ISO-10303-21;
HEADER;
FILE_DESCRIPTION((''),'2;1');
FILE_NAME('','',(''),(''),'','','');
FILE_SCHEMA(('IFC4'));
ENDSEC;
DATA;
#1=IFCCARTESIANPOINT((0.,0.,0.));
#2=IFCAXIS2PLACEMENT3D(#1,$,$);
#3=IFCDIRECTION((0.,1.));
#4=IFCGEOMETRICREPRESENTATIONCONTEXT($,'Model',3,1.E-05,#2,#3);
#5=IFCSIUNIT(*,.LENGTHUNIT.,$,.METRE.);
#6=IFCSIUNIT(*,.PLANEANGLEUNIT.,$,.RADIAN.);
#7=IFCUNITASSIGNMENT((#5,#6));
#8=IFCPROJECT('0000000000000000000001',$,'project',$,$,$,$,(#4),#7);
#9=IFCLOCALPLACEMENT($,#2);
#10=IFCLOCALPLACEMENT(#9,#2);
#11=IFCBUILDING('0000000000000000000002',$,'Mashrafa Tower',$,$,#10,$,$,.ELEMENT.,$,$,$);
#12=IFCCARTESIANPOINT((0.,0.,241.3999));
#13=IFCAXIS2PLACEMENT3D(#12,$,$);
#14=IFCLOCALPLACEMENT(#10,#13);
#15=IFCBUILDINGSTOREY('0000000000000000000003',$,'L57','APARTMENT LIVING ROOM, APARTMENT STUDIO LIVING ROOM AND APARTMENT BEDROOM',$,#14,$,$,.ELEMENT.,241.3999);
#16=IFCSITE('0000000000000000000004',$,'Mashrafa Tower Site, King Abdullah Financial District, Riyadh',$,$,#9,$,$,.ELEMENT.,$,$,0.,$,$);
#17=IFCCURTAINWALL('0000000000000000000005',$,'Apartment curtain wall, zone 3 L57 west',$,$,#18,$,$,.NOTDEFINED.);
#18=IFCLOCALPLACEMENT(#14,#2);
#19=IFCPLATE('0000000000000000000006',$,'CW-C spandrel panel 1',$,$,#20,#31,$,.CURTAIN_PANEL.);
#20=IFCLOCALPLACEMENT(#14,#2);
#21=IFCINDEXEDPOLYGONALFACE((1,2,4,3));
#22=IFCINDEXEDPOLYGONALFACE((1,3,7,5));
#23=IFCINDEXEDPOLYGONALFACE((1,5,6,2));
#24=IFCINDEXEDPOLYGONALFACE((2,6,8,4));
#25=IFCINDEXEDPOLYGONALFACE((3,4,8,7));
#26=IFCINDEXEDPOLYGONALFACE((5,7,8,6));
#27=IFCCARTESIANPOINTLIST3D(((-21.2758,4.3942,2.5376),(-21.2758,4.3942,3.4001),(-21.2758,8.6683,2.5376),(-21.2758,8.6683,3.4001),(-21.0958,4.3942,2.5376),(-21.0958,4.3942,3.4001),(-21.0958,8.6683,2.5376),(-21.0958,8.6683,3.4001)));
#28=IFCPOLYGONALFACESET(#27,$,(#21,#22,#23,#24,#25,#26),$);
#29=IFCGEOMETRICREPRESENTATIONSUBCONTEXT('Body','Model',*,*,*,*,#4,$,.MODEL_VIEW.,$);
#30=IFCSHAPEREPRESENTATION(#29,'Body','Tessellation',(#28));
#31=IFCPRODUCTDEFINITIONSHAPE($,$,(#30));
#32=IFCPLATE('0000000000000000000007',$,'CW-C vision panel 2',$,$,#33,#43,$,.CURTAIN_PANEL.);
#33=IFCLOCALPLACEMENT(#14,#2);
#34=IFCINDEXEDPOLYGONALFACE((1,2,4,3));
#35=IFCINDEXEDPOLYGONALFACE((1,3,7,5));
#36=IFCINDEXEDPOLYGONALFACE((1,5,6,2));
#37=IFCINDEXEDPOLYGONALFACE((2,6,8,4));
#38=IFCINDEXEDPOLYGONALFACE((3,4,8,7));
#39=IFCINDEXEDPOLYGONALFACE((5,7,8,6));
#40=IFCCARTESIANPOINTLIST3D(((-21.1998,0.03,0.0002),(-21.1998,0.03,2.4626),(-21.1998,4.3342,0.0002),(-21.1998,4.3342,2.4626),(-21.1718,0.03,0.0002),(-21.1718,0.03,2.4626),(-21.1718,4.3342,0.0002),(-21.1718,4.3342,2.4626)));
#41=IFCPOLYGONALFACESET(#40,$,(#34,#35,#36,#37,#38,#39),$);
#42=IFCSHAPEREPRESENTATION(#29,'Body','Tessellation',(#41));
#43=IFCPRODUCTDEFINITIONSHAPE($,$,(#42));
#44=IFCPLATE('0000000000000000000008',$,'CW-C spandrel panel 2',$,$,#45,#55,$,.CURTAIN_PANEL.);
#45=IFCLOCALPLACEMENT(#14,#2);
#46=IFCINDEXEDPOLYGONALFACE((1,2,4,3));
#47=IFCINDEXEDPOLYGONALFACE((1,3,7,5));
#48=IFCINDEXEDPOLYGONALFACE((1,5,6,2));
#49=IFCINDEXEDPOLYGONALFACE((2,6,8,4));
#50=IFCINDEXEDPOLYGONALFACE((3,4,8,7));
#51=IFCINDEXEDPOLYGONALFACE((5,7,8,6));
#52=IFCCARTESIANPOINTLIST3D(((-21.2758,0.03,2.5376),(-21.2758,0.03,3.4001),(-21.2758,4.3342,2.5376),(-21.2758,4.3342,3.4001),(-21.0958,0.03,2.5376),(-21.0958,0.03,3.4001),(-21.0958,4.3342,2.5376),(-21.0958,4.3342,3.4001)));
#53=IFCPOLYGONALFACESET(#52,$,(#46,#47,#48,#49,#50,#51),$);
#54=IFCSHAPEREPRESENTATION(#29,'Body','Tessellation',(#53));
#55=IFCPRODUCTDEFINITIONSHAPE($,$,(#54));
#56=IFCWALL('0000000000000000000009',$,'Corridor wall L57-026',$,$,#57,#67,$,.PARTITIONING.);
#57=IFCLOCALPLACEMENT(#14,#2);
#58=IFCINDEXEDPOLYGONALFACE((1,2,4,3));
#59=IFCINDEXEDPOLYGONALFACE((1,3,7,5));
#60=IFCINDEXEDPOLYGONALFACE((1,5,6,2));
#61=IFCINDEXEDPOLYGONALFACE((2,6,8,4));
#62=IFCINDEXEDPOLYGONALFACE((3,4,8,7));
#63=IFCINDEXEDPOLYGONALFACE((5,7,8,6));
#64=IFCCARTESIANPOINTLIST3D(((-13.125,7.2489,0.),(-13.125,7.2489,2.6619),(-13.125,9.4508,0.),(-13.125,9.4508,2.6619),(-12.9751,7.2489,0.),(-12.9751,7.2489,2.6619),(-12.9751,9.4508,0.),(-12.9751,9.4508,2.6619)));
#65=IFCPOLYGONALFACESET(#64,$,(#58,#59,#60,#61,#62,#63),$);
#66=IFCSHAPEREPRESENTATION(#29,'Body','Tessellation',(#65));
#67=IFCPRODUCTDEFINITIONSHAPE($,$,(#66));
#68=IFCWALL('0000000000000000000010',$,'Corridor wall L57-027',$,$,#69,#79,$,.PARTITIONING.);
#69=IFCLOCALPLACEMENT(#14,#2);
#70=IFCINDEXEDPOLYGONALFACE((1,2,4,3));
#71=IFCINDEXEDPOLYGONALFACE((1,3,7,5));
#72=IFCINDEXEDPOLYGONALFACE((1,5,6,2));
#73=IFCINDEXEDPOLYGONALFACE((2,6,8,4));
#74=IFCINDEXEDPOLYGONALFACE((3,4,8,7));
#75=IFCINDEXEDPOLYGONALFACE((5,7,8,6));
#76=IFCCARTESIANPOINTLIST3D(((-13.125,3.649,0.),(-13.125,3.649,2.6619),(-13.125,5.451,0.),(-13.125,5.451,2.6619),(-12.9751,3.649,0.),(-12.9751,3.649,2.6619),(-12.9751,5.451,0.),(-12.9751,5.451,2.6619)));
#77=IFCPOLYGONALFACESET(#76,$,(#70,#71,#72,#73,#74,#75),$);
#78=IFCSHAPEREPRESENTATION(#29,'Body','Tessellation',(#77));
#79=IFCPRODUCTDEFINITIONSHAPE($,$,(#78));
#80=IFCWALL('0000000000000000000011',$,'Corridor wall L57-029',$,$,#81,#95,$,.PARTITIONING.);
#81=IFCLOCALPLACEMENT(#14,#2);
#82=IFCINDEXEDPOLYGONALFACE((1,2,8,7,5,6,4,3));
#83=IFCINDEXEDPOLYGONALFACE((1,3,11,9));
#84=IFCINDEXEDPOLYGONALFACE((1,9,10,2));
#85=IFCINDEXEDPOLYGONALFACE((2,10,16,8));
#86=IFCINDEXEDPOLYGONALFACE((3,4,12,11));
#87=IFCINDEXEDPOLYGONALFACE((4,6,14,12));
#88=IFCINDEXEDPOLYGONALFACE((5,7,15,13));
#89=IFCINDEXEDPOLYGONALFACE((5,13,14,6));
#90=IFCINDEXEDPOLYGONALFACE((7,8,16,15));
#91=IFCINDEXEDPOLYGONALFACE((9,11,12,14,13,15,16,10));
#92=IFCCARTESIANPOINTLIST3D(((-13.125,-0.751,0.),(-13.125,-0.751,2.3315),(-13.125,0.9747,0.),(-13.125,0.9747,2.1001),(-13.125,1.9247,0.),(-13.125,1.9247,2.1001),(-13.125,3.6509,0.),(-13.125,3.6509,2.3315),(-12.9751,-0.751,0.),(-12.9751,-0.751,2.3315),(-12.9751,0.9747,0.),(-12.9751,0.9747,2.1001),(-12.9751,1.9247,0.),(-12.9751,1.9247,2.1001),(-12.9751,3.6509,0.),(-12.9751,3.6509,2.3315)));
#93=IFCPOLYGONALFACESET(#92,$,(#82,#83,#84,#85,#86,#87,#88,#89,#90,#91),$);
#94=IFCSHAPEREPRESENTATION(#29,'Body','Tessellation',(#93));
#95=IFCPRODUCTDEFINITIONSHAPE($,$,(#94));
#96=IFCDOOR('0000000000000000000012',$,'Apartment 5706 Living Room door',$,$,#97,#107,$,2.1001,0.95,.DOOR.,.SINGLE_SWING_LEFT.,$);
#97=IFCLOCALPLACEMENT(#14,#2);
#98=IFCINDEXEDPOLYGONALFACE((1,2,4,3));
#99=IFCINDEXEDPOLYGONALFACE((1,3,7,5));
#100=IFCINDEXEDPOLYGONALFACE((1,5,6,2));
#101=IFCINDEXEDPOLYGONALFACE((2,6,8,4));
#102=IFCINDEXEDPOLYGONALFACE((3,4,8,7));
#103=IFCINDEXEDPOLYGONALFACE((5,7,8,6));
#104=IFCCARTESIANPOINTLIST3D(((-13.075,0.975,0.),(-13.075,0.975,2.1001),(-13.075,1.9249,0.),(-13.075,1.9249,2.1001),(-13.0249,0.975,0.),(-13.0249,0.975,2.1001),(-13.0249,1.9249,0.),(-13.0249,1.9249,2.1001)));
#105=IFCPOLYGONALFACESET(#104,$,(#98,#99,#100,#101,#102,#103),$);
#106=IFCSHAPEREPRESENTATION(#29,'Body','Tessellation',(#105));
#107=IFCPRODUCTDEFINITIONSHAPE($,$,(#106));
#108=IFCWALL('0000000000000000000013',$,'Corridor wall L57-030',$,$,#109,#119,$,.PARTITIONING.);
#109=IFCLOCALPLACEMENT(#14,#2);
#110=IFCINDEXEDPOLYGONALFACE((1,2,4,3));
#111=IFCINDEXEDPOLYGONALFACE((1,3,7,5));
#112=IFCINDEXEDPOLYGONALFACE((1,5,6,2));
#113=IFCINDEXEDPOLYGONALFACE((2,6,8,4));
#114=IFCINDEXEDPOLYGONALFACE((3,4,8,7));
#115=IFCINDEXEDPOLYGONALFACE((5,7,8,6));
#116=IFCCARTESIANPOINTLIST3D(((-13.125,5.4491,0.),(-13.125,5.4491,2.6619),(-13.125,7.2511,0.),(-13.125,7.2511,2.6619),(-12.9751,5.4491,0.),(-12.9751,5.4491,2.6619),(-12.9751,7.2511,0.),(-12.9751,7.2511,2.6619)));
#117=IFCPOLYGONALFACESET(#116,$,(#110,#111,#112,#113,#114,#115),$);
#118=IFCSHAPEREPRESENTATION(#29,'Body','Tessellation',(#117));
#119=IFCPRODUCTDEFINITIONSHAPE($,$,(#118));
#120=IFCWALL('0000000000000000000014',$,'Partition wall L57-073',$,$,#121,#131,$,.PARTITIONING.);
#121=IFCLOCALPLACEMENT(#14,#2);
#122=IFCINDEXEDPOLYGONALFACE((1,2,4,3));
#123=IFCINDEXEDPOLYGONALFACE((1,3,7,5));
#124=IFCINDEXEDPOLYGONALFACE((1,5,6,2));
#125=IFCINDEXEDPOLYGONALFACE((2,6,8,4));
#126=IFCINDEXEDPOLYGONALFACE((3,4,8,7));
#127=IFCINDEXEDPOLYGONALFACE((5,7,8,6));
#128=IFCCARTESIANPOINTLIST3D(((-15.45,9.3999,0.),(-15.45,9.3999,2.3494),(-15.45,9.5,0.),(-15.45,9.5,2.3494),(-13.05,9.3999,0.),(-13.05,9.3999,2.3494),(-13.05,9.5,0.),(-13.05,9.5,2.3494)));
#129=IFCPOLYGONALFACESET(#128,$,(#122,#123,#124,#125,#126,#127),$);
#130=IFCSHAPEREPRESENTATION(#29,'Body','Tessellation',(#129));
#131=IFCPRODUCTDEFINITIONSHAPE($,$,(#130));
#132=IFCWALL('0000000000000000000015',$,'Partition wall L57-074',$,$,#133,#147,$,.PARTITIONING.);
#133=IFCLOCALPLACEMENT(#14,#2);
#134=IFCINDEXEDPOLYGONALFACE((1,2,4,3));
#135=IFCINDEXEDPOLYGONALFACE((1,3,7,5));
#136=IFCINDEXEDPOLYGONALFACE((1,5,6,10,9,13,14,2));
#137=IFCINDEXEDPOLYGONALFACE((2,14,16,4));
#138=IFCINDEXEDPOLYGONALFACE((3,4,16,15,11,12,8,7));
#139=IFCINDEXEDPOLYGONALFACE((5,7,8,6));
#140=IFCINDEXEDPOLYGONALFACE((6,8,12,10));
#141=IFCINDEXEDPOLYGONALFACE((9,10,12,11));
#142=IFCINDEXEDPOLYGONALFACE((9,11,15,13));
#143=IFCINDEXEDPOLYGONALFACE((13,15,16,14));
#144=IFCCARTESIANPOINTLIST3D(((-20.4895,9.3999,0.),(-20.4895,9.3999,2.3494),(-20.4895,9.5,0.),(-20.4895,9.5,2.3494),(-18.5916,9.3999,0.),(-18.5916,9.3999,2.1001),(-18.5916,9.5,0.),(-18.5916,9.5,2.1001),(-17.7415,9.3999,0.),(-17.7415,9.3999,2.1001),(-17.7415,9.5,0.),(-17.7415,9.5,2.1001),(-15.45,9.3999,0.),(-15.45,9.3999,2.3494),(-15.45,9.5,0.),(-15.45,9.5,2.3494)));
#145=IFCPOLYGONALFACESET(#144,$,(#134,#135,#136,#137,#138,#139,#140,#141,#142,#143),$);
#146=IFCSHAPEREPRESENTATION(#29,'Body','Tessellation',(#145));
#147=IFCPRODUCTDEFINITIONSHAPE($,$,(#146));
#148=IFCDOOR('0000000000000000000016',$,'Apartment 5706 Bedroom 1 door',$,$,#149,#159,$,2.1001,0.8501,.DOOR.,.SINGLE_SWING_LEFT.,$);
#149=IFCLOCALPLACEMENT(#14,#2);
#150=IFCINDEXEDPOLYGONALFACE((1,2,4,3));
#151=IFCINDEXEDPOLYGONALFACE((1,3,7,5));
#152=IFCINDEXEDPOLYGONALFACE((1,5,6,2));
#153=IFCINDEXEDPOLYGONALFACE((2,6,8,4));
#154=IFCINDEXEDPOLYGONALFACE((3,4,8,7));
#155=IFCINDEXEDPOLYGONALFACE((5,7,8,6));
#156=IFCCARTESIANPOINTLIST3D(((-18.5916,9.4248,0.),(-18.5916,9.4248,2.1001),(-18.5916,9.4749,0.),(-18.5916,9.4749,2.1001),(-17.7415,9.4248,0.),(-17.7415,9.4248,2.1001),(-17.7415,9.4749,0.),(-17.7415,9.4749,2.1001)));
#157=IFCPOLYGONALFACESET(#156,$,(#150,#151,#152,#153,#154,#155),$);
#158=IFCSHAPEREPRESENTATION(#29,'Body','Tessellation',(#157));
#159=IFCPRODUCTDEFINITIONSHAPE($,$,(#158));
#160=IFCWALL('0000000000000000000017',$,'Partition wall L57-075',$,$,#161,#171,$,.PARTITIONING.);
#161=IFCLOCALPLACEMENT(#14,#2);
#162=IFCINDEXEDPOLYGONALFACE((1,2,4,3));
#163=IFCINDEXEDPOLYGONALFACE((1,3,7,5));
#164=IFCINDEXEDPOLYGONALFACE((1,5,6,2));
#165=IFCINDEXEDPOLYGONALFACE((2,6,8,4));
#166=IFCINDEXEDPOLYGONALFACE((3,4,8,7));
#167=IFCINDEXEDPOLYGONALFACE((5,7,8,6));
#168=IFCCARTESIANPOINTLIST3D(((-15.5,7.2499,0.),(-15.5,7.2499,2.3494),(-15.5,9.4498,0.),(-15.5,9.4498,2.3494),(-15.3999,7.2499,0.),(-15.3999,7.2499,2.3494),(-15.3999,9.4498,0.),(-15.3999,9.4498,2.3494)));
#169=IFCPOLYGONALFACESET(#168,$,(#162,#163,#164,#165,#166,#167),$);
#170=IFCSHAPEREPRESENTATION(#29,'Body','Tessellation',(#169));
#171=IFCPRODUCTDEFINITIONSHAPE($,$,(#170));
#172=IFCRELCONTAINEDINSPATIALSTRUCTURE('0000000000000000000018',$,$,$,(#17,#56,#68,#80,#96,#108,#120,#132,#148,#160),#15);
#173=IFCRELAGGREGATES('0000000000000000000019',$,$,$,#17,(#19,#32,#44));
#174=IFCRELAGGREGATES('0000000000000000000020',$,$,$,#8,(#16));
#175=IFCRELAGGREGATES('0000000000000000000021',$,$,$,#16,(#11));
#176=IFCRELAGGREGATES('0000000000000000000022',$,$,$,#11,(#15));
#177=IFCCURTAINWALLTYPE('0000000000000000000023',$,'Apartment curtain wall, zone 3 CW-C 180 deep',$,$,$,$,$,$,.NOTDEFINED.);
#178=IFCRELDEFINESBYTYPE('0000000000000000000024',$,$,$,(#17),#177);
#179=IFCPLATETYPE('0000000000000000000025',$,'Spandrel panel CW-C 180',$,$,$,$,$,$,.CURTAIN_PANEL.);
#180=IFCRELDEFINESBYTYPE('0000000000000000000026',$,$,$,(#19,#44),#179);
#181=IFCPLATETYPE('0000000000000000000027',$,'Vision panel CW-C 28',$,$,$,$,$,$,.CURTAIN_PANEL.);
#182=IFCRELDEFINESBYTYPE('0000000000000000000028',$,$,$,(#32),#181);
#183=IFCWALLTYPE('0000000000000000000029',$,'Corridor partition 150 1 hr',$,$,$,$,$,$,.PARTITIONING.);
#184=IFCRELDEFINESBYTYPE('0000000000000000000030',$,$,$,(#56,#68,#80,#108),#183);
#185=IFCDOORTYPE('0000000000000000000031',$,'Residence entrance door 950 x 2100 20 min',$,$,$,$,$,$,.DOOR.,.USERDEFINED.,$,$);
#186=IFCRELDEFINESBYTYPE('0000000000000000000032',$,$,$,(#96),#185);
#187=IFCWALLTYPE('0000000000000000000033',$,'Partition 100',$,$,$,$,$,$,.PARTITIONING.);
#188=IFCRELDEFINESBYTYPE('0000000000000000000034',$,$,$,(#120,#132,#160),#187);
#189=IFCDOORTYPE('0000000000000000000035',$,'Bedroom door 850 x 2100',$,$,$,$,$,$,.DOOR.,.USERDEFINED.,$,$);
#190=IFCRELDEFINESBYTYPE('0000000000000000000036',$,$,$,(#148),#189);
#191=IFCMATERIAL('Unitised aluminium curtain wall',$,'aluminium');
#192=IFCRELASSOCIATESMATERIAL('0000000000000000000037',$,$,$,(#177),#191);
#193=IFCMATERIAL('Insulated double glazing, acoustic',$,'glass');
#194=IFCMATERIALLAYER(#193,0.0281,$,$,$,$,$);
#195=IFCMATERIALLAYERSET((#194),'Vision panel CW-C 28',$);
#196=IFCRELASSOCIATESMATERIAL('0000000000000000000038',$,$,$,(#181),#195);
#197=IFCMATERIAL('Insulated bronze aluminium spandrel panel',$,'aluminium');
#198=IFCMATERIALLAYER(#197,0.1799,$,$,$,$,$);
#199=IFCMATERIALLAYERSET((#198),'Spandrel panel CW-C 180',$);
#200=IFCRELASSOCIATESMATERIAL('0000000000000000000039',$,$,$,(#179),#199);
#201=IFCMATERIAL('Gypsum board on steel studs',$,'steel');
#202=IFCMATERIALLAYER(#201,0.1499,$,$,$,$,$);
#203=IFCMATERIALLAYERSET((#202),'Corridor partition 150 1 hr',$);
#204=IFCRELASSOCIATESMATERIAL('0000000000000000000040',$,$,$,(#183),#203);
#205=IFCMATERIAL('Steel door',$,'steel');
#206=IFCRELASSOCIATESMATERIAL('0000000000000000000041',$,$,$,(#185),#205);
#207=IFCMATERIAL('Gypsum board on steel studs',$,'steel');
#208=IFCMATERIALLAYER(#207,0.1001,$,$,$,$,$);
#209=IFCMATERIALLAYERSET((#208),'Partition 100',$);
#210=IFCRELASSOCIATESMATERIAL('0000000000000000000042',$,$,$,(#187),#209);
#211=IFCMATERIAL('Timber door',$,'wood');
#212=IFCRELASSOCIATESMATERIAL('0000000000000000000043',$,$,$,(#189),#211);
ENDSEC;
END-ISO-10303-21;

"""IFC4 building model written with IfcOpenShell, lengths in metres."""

from ifc_helpers import new_model, si_unit, direction, frame, frame_2d, origin, origin_2d, place, context, subcontext, project, spatial, rectangle, extrude, source, transform, mapped, material, layer, layer_set, type_object, type_shapes, element, fill, aggregate, save


model = new_model("IFC4")

# Units and contexts
model_context = context("Model", 3, precision=1e-05, world=origin(), true_north=direction((0.0, 1.0)))
body_context = subcontext(model_context, "Body", "Model", "MODEL_VIEW")
ifc_project = project(units=[si_unit("LENGTHUNIT", "METRE"), si_unit("PLANEANGLEUNIT", "RADIAN")], contexts=[model_context])

# Site, building, storey
site_placement = place(None, origin())
site = spatial("IfcSite", under=ifc_project, at=site_placement, Name="Mashrafa Tower Site, King Abdullah Financial District, Riyadh", CompositionType="ELEMENT", RefElevation=0.0)
building_placement = place(site_placement, origin())
building = spatial("IfcBuilding", under=site, at=building_placement, Name="Mashrafa Tower", CompositionType="ELEMENT")
storey_placement = place(building_placement, frame((0.0, 0.0, 241.3999)))
storey = spatial("IfcBuildingStorey", under=building, at=storey_placement, Name="L57", Description="APARTMENT LIVING ROOM, APARTMENT STUDIO LIVING ROOM AND APARTMENT BEDROOM", CompositionType="ELEMENT", Elevation=241.3999)

# Shared definitions
ifc_material_1 = material(Name="Unitised aluminium curtain wall", Category="aluminium")
curtain_wall_type = type_object("IfcCurtainWallType", Name="Apartment curtain wall, zone 3 CW-C 180 deep", PredefinedType="NOTDEFINED", material=ifc_material_1)

# Curtain wall, plates
curtain_wall_1_placement = place(storey_placement, origin())
curtain_wall_1 = element("IfcCurtainWall", 1, at=curtain_wall_1_placement, inside=storey, type_object=curtain_wall_type, Name="Apartment curtain wall, zone 3 L57 west", PredefinedType="NOTDEFINED")
ifc_material_2 = material(Name="Insulated double glazing, acoustic", Category="glass")
ifc_layer_1 = layer(ifc_material_2, 0.0281)
ifc_layer_set_1 = layer_set([ifc_layer_1], Name="Vision panel CW-C 28")
plate_type_1 = type_object("IfcPlateType", Name="Vision panel CW-C 28", PredefinedType="CURTAIN_PANEL", material=ifc_layer_set_1)
ifc_material_3 = material(Name="Insulated bronze aluminium spandrel panel", Category="aluminium")
ifc_layer_2 = layer(ifc_material_3, 0.1799)
ifc_layer_set_2 = layer_set([ifc_layer_2], Name="Spandrel panel CW-C 180")
plate_type_2 = type_object("IfcPlateType", Name="Spandrel panel CW-C 180", PredefinedType="CURTAIN_PANEL", material=ifc_layer_set_2)
shared_shape_1 = source(origin(), body_context, "Body", "SweptSolid", [
    extrude(rectangle(XDim=4.2742, YDim=0.1799, at=origin_2d()), origin(), (0.0, 0.0, 1.0), 0.8625),
])
plate_1_placement = place(storey_placement, frame((-21.1858, 6.5312, 2.5376), z_axis=(0.0, 0.0, 1.0), x_axis=(0.0, -1.0, 0.0)))
plate_1 = element("IfcPlate", 2, at=plate_1_placement, type_object=plate_type_2, Name="CW-C spandrel panel 1", PredefinedType="CURTAIN_PANEL", context=body_context, shape_type="MappedRepresentation", body=[
    mapped(shared_shape_1, transform((0.0, 0.0, 0.0))),
])
shared_shape_2 = source(origin(), body_context, "Body", "SweptSolid", [
    extrude(rectangle(XDim=4.3042, YDim=0.0281, at=origin_2d()), origin(), (0.0, 0.0, 1.0), 2.4624),
])
plate_2_placement = place(storey_placement, frame((-21.1858, 2.1821, 0.0002), z_axis=(0.0, 0.0, 1.0), x_axis=(0.0, -1.0, 0.0)))
plate_2 = element("IfcPlate", 3, at=plate_2_placement, type_object=plate_type_1, Name="CW-C vision panel 2", PredefinedType="CURTAIN_PANEL", context=body_context, shape_type="MappedRepresentation", body=[
    mapped(shared_shape_2, transform((0.0, 0.0, 0.0))),
])
shared_shape_3 = source(origin(), body_context, "Body", "SweptSolid", [
    extrude(rectangle(XDim=4.3042, YDim=0.1799, at=origin_2d()), origin(), (0.0, 0.0, 1.0), 0.8625),
])
type_shapes(plate_type_2, [shared_shape_1, shared_shape_3])
plate_3_placement = place(storey_placement, frame((-21.1858, 2.1821, 2.5376), z_axis=(0.0, 0.0, 1.0), x_axis=(0.0, -1.0, 0.0)))
plate_3 = element("IfcPlate", 4, at=plate_3_placement, type_object=plate_type_2, Name="CW-C spandrel panel 2", PredefinedType="CURTAIN_PANEL", context=body_context, shape_type="MappedRepresentation", body=[
    mapped(shared_shape_3, transform((0.0, 0.0, 0.0))),
])
aggregate(curtain_wall_1, [plate_1, plate_2, plate_3])

# Walls
ifc_material_4 = material(Name="Gypsum board on steel studs", Category="steel")
ifc_layer_3 = layer(ifc_material_4, 0.1499)
ifc_layer_set_3 = layer_set([ifc_layer_3], Name="Corridor partition 150 1 hr")
wall_type_1 = type_object("IfcWallType", Name="Corridor partition 150 1 hr", PredefinedType="PARTITIONING", material=ifc_layer_set_3)
wall_1_placement = place(storey_placement, frame((-13.05, 9.4509, 0.0), z_axis=(0.0, 0.0, 1.0), x_axis=(0.0, -1.0, 0.0)))
element("IfcWall", 5, at=wall_1_placement, inside=storey, type_object=wall_type_1, Name="Corridor wall L57-026", PredefinedType="PARTITIONING", context=body_context, shape_type="SweptSolid", body=[
    extrude(rectangle(XDim=2.2019, YDim=0.1499, at=frame_2d((1.1011, 0.0))), origin(), (0.0, 0.0, 1.0), 2.6619),
])
wall_2_placement = place(storey_placement, frame((-13.05, 5.4509, 0.0), z_axis=(0.0, 0.0, 1.0), x_axis=(0.0, -1.0, 0.0)))
element("IfcWall", 6, at=wall_2_placement, inside=storey, type_object=wall_type_1, Name="Corridor wall L57-027", PredefinedType="PARTITIONING", context=body_context, shape_type="SweptSolid", body=[
    extrude(rectangle(XDim=1.802, YDim=0.1499, at=frame_2d((0.9009, 0.0))), origin(), (0.0, 0.0, 1.0), 2.6619),
])

# Wall, opening, door
wall_3_placement = place(storey_placement, frame((-13.05, 3.6509, 0.0), z_axis=(0.0, 0.0, 1.0), x_axis=(0.0, -1.0, 0.0)))
wall_3 = element("IfcWall", 7, at=wall_3_placement, inside=storey, type_object=wall_type_1, Name="Corridor wall L57-029", PredefinedType="PARTITIONING", context=body_context, shape_type="SweptSolid", body=[
    extrude(rectangle(XDim=4.4019, YDim=0.1499, at=frame_2d((2.2009, 0.0))), origin(), (0.0, 0.0, 1.0), 2.3315),
])
opening_1_placement = place(wall_3_placement, frame((1.7261, 0.0, 0.0)))
opening_1 = element("IfcOpeningElement", 8, at=opening_1_placement, cuts=wall_3, PredefinedType="OPENING", context=body_context, shape_type="SweptSolid", body=[
    extrude(rectangle(XDim=0.95, YDim=2.1001, at=frame_2d((0.4751, 1.05))), frame((0.0, 0.085, 0.0), z_axis=(0.0, -1.0, 0.0), x_axis=(1.0, 0.0, 0.0)), (0.0, 0.0, 1.0), 0.1699),
])
ifc_material_5 = material(Name="Steel door", Category="steel")
door_type_1 = type_object("IfcDoorType", Name="Residence entrance door 950 x 2100 20 min", OperationType="USERDEFINED", PredefinedType="DOOR", material=ifc_material_5)
door_1_placement = place(opening_1_placement, frame((0.95, 0.0, 0.0), z_axis=(0.0, 0.0, 1.0), x_axis=(-1.0, 0.0, 0.0)))
door_1 = element("IfcDoor", 9, at=door_1_placement, inside=storey, type_object=door_type_1, Name="Apartment 5706 Living Room door", OperationType="SINGLE_SWING_LEFT", OverallHeight=2.1001, OverallWidth=0.95, PredefinedType="DOOR", context=body_context, shape_type="SweptSolid", body=[
    extrude(rectangle(XDim=0.95, YDim=2.1001, at=frame_2d((0.4751, 1.05))), frame((0.0, 0.0249, 0.0), z_axis=(0.0, -1.0, 0.0), x_axis=(1.0, 0.0, 0.0)), (0.0, 0.0, 1.0), 0.05),
])
fill(opening_1, door_1)

# Walls
wall_4_placement = place(storey_placement, frame((-13.05, 7.251, 0.0), z_axis=(0.0, 0.0, 1.0), x_axis=(0.0, -1.0, 0.0)))
element("IfcWall", 10, at=wall_4_placement, inside=storey, type_object=wall_type_1, Name="Corridor wall L57-030", PredefinedType="PARTITIONING", context=body_context, shape_type="SweptSolid", body=[
    extrude(rectangle(XDim=1.802, YDim=0.1499, at=frame_2d((0.9009, 0.0))), origin(), (0.0, 0.0, 1.0), 2.6619),
])
ifc_material_6 = material(Name="Gypsum board on steel studs", Category="steel")
ifc_layer_4 = layer(ifc_material_6, 0.1001)
ifc_layer_set_4 = layer_set([ifc_layer_4], Name="Partition 100")
wall_type_2 = type_object("IfcWallType", Name="Partition 100", PredefinedType="PARTITIONING", material=ifc_layer_set_4)
wall_5_placement = place(storey_placement, frame((-15.45, 9.45, 0.0), z_axis=(0.0, 0.0, 1.0), x_axis=(1.0, 0.0, 0.0)))
element("IfcWall", 11, at=wall_5_placement, inside=storey, type_object=wall_type_2, Name="Partition wall L57-073", PredefinedType="PARTITIONING", context=body_context, shape_type="SweptSolid", body=[
    extrude(rectangle(XDim=2.3999, YDim=0.1001, at=frame_2d((1.2, 0.0))), origin(), (0.0, 0.0, 1.0), 2.3494),
])

# Wall, opening, door
wall_6_placement = place(storey_placement, frame((-20.4895, 9.45, 0.0), z_axis=(0.0, 0.0, 1.0), x_axis=(1.0, 0.0, 0.0)))
wall_6 = element("IfcWall", 12, at=wall_6_placement, inside=storey, type_object=wall_type_2, Name="Partition wall L57-074", PredefinedType="PARTITIONING", context=body_context, shape_type="SweptSolid", body=[
    extrude(rectangle(XDim=5.0396, YDim=0.1001, at=frame_2d((2.5198, 0.0))), origin(), (0.0, 0.0, 1.0), 2.3494),
])
opening_2_placement = place(wall_6_placement, frame((1.8979, 0.0, 0.0)))
opening_2 = element("IfcOpeningElement", 13, at=opening_2_placement, cuts=wall_6, PredefinedType="OPENING", context=body_context, shape_type="SweptSolid", body=[
    extrude(rectangle(XDim=0.8501, YDim=2.1001, at=frame_2d((0.425, 1.05))), frame((0.0, 0.0601, 0.0), z_axis=(0.0, -1.0, 0.0), x_axis=(1.0, 0.0, 0.0)), (0.0, 0.0, 1.0), 0.1201),
])
ifc_material_7 = material(Name="Timber door", Category="wood")
door_type_2 = type_object("IfcDoorType", Name="Bedroom door 850 x 2100", OperationType="USERDEFINED", PredefinedType="DOOR", material=ifc_material_7)
door_2_placement = place(opening_2_placement, origin())
door_2 = element("IfcDoor", 14, at=door_2_placement, inside=storey, type_object=door_type_2, Name="Apartment 5706 Bedroom 1 door", OperationType="SINGLE_SWING_LEFT", OverallHeight=2.1001, OverallWidth=0.8501, PredefinedType="DOOR", context=body_context, shape_type="SweptSolid", body=[
    extrude(rectangle(XDim=0.8501, YDim=2.1001, at=frame_2d((0.425, 1.05))), frame((0.0, 0.0249, 0.0), z_axis=(0.0, -1.0, 0.0), x_axis=(1.0, 0.0, 0.0)), (0.0, 0.0, 1.0), 0.05),
])
fill(opening_2, door_2)

# Wall
wall_7_placement = place(storey_placement, frame((-15.45, 9.45, 0.0), z_axis=(0.0, 0.0, 1.0), x_axis=(0.0, -1.0, 0.0)))
element("IfcWall", 15, at=wall_7_placement, inside=storey, type_object=wall_type_2, Name="Partition wall L57-075", PredefinedType="PARTITIONING", context=body_context, shape_type="SweptSolid", body=[
    extrude(rectangle(XDim=2.2, YDim=0.1001, at=frame_2d((1.1001, 0.0))), origin(), (0.0, 0.0, 1.0), 2.3494),
])

save(model, "model.ifc")
